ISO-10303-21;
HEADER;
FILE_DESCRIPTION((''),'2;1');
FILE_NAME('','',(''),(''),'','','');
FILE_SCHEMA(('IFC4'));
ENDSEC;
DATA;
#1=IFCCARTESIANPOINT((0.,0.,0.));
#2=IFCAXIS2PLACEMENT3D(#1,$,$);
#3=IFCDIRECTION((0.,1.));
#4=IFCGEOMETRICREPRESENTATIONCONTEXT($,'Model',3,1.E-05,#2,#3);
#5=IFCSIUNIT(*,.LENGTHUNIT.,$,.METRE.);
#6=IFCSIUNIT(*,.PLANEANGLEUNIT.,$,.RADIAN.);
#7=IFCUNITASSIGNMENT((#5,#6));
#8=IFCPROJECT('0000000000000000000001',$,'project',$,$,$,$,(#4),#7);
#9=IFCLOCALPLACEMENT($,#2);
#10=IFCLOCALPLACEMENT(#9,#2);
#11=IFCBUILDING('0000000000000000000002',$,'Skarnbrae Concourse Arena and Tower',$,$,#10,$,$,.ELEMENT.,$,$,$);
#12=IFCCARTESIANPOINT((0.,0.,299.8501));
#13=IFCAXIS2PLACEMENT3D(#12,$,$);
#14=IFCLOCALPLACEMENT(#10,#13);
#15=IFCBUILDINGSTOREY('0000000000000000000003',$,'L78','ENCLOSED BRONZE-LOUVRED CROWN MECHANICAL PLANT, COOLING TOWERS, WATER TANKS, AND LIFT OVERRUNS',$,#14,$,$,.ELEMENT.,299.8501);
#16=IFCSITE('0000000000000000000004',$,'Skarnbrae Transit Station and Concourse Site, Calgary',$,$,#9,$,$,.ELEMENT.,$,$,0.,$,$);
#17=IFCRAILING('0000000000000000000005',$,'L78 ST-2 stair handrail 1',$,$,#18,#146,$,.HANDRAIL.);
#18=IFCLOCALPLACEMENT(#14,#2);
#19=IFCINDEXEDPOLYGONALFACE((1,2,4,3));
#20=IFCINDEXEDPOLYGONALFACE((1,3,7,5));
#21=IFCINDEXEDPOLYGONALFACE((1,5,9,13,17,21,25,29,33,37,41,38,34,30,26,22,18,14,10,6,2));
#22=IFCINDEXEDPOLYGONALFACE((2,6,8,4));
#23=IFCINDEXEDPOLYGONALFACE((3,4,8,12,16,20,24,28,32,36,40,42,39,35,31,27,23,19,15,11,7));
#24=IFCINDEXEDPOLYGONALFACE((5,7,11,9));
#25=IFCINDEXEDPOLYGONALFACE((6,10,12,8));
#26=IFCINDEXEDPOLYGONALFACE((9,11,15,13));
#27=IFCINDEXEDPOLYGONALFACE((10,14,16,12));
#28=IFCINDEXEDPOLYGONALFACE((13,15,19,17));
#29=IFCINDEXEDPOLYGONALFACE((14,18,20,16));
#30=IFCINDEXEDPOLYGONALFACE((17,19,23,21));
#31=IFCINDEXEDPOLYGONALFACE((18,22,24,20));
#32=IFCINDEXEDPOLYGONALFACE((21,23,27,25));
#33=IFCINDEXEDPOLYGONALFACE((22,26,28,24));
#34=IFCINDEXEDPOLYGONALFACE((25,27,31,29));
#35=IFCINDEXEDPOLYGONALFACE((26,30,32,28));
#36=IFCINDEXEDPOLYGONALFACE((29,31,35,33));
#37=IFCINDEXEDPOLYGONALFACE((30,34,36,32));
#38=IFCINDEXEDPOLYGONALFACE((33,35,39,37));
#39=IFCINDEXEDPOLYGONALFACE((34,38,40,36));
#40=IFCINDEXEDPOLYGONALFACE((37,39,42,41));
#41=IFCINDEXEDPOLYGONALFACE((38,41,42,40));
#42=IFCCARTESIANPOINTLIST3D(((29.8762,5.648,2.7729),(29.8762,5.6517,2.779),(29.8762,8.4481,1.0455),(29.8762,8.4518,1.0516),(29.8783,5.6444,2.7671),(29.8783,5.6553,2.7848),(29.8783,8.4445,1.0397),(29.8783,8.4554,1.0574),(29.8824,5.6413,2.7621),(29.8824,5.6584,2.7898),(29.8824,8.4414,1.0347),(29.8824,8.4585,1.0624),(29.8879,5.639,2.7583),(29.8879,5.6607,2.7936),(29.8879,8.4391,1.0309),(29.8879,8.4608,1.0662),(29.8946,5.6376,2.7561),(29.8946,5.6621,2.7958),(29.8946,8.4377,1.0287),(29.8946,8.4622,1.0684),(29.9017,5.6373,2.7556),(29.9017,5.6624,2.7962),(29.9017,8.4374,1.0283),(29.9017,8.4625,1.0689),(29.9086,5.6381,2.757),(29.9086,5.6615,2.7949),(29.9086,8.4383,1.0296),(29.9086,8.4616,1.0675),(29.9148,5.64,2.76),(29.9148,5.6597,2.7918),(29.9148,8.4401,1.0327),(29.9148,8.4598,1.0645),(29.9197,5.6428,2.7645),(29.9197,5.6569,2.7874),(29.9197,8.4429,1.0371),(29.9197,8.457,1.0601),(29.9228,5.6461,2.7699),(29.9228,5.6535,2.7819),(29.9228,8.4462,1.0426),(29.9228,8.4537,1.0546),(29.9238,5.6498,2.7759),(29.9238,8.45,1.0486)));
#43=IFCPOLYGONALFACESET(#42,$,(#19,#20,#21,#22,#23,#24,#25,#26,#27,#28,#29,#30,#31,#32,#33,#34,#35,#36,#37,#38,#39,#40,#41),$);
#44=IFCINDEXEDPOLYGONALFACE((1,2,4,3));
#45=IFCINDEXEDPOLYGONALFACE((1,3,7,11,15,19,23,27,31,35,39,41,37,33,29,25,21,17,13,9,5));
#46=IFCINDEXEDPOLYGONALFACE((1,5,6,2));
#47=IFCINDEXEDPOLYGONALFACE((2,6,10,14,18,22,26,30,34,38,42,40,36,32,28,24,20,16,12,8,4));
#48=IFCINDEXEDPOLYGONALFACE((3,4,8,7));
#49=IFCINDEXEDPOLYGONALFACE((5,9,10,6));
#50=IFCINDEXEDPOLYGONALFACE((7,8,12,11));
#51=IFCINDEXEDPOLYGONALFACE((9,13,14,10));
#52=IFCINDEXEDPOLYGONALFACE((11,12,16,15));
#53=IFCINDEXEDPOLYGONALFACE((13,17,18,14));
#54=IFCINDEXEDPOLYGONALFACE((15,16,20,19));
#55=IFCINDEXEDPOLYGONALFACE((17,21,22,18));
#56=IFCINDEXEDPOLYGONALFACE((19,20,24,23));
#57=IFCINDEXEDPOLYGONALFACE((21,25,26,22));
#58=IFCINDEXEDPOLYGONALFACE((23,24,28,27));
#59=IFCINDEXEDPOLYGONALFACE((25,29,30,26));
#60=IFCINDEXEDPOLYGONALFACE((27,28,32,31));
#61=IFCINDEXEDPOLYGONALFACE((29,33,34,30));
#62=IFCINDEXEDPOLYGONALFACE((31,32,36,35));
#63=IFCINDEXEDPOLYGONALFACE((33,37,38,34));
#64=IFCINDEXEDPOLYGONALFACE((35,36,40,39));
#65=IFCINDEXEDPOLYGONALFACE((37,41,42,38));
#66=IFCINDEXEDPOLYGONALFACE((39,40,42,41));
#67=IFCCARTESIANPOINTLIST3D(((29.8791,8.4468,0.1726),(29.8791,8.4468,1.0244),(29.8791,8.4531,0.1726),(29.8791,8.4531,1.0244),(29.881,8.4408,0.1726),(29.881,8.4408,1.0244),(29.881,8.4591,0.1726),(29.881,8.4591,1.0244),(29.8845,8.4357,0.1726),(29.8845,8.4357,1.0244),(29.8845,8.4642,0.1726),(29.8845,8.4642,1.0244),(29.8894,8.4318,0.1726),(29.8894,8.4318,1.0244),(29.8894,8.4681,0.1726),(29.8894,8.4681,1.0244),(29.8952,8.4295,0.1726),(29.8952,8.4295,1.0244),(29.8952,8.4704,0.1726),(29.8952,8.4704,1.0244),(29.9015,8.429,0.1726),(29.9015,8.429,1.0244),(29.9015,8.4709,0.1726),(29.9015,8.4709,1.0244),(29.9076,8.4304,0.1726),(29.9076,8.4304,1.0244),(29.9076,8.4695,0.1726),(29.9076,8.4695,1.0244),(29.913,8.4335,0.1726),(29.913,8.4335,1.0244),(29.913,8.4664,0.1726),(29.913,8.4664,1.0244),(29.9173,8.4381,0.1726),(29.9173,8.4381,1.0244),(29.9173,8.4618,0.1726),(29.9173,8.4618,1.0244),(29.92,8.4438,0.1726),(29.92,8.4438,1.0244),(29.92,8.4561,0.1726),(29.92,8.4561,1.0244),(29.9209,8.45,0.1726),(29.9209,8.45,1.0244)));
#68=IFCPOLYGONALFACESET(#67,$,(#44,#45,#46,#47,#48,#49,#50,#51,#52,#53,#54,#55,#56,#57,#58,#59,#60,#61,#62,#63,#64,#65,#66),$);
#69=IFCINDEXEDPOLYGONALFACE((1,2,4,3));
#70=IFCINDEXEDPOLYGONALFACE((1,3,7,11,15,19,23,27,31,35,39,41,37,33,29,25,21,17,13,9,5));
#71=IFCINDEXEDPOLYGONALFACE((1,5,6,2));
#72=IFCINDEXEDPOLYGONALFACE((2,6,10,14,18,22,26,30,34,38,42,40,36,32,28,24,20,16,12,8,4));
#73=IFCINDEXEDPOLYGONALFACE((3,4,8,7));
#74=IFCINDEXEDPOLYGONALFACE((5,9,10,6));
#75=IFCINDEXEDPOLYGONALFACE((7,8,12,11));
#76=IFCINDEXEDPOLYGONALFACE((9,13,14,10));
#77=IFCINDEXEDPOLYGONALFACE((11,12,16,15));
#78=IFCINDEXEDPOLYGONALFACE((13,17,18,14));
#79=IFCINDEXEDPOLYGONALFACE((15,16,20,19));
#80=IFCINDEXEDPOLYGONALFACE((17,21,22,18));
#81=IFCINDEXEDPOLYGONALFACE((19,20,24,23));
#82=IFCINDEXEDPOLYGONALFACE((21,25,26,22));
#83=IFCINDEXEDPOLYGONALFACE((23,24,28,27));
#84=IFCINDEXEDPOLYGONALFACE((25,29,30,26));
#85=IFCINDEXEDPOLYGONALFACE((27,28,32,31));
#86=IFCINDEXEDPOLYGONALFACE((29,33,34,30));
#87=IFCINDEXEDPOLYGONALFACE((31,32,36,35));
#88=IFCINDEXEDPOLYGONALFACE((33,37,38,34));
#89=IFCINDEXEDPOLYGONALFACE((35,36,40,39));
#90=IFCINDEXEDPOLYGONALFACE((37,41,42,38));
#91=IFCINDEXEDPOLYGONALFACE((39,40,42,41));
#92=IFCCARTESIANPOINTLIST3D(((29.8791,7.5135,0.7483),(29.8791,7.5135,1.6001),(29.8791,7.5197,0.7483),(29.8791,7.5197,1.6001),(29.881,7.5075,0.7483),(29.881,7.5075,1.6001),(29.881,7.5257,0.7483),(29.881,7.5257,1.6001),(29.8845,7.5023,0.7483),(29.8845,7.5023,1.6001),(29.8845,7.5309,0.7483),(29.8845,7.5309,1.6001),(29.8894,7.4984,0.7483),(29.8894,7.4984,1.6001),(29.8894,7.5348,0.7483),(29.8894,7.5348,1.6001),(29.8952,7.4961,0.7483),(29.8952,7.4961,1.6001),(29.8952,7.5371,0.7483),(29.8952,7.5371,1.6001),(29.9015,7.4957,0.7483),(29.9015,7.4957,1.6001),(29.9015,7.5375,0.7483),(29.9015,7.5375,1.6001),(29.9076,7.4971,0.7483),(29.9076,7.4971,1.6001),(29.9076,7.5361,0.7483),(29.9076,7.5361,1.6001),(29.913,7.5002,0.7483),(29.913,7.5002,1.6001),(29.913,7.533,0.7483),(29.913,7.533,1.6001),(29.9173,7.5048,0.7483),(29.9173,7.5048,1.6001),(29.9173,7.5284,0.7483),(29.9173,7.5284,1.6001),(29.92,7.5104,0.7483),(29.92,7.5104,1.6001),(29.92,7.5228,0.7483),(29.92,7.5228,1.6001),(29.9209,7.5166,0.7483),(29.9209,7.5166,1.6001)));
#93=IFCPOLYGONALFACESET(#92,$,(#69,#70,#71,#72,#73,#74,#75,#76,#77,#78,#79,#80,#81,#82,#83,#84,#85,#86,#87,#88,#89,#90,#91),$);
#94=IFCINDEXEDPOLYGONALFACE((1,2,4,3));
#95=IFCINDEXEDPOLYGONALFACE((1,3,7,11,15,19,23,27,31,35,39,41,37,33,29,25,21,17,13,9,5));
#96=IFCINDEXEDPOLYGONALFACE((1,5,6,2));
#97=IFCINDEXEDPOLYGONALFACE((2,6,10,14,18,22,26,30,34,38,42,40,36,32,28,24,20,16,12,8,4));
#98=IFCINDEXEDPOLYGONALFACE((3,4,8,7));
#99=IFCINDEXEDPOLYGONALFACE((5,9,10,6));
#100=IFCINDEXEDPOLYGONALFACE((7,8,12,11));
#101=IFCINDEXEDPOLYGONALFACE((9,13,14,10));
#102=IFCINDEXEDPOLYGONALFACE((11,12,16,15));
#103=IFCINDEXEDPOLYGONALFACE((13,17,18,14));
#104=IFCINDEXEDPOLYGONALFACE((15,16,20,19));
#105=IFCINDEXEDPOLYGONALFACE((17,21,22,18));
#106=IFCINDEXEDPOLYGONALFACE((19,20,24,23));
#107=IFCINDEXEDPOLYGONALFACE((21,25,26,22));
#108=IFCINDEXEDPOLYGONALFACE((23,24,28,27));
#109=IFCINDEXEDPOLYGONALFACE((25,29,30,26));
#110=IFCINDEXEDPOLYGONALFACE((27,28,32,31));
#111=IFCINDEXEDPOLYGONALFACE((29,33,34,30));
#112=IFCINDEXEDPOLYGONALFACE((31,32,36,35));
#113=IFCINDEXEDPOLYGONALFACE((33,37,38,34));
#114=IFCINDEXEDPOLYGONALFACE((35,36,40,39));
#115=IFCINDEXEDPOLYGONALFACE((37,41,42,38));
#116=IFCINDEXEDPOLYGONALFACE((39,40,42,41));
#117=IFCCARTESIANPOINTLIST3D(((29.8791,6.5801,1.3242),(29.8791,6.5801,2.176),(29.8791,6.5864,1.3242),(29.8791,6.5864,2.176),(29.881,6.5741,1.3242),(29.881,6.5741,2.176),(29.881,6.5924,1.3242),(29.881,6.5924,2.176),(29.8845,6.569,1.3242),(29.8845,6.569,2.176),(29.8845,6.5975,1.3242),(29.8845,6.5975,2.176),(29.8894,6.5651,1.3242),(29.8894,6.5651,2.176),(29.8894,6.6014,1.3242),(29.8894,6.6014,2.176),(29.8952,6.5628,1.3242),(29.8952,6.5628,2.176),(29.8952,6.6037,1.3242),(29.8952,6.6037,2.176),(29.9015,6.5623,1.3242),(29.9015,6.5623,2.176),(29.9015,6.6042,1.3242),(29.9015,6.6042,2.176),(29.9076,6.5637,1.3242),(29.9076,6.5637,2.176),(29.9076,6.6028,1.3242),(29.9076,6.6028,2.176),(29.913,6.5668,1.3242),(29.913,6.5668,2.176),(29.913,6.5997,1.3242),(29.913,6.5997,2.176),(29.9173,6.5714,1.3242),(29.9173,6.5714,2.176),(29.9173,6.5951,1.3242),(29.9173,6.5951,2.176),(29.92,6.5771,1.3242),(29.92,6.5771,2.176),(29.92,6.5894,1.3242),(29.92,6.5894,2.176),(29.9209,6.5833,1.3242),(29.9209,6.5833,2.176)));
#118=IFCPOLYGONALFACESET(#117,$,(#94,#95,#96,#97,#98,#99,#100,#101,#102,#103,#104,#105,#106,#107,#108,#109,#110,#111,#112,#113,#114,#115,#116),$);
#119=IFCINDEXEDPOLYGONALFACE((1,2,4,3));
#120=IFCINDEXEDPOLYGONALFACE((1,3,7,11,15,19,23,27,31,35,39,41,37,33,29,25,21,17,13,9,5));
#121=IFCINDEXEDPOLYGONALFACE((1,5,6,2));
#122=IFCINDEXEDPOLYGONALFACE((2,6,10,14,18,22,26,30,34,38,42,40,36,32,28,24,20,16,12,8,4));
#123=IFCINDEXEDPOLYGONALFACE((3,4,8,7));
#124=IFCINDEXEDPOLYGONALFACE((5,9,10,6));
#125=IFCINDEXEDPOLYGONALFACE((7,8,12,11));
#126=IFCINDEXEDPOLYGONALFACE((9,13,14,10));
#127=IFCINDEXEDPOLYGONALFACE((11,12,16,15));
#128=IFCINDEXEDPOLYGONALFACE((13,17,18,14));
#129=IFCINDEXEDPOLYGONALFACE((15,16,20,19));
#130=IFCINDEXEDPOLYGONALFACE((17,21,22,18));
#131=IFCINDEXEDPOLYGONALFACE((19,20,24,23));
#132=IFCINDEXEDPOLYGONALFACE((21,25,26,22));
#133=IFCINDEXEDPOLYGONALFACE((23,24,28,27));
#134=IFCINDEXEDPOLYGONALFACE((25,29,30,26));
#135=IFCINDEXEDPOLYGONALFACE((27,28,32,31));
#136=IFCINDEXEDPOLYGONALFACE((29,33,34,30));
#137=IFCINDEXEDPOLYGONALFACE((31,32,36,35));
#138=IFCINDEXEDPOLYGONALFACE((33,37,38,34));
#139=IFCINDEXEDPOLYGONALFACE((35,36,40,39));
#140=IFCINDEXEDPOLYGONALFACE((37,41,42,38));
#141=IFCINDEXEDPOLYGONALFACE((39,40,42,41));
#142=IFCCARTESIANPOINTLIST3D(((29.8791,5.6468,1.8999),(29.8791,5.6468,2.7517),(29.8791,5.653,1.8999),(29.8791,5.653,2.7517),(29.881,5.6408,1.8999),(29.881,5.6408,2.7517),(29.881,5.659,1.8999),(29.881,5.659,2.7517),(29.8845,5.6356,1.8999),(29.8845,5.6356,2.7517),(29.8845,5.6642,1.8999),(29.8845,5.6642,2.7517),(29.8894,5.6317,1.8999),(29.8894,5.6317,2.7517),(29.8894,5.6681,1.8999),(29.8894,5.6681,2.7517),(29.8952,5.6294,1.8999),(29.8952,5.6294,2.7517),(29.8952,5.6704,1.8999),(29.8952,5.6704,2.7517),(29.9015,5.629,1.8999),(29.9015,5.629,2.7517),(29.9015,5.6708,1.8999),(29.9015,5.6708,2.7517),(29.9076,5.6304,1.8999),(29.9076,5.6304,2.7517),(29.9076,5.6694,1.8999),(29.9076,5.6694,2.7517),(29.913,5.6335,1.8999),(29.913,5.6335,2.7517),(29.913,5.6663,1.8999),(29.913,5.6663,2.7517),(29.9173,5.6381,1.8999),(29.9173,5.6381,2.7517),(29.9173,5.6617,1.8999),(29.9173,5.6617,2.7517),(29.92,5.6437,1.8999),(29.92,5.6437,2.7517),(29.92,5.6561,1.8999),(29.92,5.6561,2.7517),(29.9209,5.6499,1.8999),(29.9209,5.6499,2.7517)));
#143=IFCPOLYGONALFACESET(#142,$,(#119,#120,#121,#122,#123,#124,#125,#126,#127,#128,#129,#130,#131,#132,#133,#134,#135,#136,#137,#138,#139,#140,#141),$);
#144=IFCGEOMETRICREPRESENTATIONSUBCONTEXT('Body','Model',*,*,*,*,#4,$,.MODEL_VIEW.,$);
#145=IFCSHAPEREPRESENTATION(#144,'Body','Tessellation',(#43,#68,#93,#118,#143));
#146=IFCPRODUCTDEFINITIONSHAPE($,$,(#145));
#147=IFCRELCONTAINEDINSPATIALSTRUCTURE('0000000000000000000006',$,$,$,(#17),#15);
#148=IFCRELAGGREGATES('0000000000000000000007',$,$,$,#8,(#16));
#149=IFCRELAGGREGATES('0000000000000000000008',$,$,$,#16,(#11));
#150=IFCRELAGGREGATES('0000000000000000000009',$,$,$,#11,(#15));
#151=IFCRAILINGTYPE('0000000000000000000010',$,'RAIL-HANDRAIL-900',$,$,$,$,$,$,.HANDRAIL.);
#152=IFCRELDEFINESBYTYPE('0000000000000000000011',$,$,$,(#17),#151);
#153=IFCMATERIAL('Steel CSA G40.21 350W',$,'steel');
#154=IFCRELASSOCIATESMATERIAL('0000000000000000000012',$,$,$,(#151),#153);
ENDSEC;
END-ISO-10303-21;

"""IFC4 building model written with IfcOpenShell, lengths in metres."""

from ifc_helpers import new_model, si_unit, direction, frame, origin, origin_2d, place, context, subcontext, project, spatial, circle, extrude, material, type_object, element, save


model = new_model("IFC4")

# Units and contexts
model_context = context("Model", 3, precision=1e-05, world=origin(), true_north=direction((0.0, 1.0)))
body_context = subcontext(model_context, "Body", "Model", "MODEL_VIEW")
ifc_project = project(units=[si_unit("LENGTHUNIT", "METRE"), si_unit("PLANEANGLEUNIT", "RADIAN")], contexts=[model_context])

# Site, building, storey
site_placement = place(None, origin())
site = spatial("IfcSite", under=ifc_project, at=site_placement, Name="Skarnbrae Transit Station and Concourse Site, Calgary", CompositionType="ELEMENT", RefElevation=0.0)
building_placement = place(site_placement, origin())
building = spatial("IfcBuilding", under=site, at=building_placement, Name="Skarnbrae Concourse Arena and Tower", CompositionType="ELEMENT")
storey_placement = place(building_placement, frame((0.0, 0.0, 299.8501)))
storey = spatial("IfcBuildingStorey", under=building, at=storey_placement, Name="L78", Description="ENCLOSED BRONZE-LOUVRED CROWN MECHANICAL PLANT, COOLING TOWERS, WATER TANKS, AND LIFT OVERRUNS", CompositionType="ELEMENT", Elevation=299.8501)

# Shared definitions
ifc_material_1 = material(Name="Steel CSA G40.21 350W", Category="steel")

# Railing
railing_type_1 = type_object("IfcRailingType", Name="RAIL-HANDRAIL-900", PredefinedType="HANDRAIL", material=ifc_material_1)
railing_1_placement = place(storey_placement, frame((29.8999, 8.45, 0.1726)))
element("IfcRailing", 1, at=railing_1_placement, inside=storey, type_object=railing_type_1, Name="L78 ST-2 stair handrail 1", PredefinedType="HANDRAIL", context=body_context, shape_type="SweptSolid", body=[
    extrude(circle(Radius=0.0239, at=origin_2d()), frame((0.0, 0.0, 0.876), z_axis=(0.0, -0.85109, 0.52502), x_axis=(1.0, 0.0, 0.0)), (0.0, 0.0, 1.0), 3.29),
    extrude(circle(Radius=0.021, at=origin_2d()), origin(), (0.0, 0.0, 1.0), 0.8518),
    extrude(circle(Radius=0.021, at=origin_2d()), frame((0.0, -0.9333, 0.5757)), (0.0, 0.0, 1.0), 0.8518),
    extrude(circle(Radius=0.021, at=origin_2d()), frame((0.0, -1.8667, 1.1516)), (0.0, 0.0, 1.0), 0.8518),
    extrude(circle(Radius=0.021, at=origin_2d()), frame((0.0, -2.8, 1.7273)), (0.0, 0.0, 1.0), 0.8518),
])

save(model, "model.ifc")
